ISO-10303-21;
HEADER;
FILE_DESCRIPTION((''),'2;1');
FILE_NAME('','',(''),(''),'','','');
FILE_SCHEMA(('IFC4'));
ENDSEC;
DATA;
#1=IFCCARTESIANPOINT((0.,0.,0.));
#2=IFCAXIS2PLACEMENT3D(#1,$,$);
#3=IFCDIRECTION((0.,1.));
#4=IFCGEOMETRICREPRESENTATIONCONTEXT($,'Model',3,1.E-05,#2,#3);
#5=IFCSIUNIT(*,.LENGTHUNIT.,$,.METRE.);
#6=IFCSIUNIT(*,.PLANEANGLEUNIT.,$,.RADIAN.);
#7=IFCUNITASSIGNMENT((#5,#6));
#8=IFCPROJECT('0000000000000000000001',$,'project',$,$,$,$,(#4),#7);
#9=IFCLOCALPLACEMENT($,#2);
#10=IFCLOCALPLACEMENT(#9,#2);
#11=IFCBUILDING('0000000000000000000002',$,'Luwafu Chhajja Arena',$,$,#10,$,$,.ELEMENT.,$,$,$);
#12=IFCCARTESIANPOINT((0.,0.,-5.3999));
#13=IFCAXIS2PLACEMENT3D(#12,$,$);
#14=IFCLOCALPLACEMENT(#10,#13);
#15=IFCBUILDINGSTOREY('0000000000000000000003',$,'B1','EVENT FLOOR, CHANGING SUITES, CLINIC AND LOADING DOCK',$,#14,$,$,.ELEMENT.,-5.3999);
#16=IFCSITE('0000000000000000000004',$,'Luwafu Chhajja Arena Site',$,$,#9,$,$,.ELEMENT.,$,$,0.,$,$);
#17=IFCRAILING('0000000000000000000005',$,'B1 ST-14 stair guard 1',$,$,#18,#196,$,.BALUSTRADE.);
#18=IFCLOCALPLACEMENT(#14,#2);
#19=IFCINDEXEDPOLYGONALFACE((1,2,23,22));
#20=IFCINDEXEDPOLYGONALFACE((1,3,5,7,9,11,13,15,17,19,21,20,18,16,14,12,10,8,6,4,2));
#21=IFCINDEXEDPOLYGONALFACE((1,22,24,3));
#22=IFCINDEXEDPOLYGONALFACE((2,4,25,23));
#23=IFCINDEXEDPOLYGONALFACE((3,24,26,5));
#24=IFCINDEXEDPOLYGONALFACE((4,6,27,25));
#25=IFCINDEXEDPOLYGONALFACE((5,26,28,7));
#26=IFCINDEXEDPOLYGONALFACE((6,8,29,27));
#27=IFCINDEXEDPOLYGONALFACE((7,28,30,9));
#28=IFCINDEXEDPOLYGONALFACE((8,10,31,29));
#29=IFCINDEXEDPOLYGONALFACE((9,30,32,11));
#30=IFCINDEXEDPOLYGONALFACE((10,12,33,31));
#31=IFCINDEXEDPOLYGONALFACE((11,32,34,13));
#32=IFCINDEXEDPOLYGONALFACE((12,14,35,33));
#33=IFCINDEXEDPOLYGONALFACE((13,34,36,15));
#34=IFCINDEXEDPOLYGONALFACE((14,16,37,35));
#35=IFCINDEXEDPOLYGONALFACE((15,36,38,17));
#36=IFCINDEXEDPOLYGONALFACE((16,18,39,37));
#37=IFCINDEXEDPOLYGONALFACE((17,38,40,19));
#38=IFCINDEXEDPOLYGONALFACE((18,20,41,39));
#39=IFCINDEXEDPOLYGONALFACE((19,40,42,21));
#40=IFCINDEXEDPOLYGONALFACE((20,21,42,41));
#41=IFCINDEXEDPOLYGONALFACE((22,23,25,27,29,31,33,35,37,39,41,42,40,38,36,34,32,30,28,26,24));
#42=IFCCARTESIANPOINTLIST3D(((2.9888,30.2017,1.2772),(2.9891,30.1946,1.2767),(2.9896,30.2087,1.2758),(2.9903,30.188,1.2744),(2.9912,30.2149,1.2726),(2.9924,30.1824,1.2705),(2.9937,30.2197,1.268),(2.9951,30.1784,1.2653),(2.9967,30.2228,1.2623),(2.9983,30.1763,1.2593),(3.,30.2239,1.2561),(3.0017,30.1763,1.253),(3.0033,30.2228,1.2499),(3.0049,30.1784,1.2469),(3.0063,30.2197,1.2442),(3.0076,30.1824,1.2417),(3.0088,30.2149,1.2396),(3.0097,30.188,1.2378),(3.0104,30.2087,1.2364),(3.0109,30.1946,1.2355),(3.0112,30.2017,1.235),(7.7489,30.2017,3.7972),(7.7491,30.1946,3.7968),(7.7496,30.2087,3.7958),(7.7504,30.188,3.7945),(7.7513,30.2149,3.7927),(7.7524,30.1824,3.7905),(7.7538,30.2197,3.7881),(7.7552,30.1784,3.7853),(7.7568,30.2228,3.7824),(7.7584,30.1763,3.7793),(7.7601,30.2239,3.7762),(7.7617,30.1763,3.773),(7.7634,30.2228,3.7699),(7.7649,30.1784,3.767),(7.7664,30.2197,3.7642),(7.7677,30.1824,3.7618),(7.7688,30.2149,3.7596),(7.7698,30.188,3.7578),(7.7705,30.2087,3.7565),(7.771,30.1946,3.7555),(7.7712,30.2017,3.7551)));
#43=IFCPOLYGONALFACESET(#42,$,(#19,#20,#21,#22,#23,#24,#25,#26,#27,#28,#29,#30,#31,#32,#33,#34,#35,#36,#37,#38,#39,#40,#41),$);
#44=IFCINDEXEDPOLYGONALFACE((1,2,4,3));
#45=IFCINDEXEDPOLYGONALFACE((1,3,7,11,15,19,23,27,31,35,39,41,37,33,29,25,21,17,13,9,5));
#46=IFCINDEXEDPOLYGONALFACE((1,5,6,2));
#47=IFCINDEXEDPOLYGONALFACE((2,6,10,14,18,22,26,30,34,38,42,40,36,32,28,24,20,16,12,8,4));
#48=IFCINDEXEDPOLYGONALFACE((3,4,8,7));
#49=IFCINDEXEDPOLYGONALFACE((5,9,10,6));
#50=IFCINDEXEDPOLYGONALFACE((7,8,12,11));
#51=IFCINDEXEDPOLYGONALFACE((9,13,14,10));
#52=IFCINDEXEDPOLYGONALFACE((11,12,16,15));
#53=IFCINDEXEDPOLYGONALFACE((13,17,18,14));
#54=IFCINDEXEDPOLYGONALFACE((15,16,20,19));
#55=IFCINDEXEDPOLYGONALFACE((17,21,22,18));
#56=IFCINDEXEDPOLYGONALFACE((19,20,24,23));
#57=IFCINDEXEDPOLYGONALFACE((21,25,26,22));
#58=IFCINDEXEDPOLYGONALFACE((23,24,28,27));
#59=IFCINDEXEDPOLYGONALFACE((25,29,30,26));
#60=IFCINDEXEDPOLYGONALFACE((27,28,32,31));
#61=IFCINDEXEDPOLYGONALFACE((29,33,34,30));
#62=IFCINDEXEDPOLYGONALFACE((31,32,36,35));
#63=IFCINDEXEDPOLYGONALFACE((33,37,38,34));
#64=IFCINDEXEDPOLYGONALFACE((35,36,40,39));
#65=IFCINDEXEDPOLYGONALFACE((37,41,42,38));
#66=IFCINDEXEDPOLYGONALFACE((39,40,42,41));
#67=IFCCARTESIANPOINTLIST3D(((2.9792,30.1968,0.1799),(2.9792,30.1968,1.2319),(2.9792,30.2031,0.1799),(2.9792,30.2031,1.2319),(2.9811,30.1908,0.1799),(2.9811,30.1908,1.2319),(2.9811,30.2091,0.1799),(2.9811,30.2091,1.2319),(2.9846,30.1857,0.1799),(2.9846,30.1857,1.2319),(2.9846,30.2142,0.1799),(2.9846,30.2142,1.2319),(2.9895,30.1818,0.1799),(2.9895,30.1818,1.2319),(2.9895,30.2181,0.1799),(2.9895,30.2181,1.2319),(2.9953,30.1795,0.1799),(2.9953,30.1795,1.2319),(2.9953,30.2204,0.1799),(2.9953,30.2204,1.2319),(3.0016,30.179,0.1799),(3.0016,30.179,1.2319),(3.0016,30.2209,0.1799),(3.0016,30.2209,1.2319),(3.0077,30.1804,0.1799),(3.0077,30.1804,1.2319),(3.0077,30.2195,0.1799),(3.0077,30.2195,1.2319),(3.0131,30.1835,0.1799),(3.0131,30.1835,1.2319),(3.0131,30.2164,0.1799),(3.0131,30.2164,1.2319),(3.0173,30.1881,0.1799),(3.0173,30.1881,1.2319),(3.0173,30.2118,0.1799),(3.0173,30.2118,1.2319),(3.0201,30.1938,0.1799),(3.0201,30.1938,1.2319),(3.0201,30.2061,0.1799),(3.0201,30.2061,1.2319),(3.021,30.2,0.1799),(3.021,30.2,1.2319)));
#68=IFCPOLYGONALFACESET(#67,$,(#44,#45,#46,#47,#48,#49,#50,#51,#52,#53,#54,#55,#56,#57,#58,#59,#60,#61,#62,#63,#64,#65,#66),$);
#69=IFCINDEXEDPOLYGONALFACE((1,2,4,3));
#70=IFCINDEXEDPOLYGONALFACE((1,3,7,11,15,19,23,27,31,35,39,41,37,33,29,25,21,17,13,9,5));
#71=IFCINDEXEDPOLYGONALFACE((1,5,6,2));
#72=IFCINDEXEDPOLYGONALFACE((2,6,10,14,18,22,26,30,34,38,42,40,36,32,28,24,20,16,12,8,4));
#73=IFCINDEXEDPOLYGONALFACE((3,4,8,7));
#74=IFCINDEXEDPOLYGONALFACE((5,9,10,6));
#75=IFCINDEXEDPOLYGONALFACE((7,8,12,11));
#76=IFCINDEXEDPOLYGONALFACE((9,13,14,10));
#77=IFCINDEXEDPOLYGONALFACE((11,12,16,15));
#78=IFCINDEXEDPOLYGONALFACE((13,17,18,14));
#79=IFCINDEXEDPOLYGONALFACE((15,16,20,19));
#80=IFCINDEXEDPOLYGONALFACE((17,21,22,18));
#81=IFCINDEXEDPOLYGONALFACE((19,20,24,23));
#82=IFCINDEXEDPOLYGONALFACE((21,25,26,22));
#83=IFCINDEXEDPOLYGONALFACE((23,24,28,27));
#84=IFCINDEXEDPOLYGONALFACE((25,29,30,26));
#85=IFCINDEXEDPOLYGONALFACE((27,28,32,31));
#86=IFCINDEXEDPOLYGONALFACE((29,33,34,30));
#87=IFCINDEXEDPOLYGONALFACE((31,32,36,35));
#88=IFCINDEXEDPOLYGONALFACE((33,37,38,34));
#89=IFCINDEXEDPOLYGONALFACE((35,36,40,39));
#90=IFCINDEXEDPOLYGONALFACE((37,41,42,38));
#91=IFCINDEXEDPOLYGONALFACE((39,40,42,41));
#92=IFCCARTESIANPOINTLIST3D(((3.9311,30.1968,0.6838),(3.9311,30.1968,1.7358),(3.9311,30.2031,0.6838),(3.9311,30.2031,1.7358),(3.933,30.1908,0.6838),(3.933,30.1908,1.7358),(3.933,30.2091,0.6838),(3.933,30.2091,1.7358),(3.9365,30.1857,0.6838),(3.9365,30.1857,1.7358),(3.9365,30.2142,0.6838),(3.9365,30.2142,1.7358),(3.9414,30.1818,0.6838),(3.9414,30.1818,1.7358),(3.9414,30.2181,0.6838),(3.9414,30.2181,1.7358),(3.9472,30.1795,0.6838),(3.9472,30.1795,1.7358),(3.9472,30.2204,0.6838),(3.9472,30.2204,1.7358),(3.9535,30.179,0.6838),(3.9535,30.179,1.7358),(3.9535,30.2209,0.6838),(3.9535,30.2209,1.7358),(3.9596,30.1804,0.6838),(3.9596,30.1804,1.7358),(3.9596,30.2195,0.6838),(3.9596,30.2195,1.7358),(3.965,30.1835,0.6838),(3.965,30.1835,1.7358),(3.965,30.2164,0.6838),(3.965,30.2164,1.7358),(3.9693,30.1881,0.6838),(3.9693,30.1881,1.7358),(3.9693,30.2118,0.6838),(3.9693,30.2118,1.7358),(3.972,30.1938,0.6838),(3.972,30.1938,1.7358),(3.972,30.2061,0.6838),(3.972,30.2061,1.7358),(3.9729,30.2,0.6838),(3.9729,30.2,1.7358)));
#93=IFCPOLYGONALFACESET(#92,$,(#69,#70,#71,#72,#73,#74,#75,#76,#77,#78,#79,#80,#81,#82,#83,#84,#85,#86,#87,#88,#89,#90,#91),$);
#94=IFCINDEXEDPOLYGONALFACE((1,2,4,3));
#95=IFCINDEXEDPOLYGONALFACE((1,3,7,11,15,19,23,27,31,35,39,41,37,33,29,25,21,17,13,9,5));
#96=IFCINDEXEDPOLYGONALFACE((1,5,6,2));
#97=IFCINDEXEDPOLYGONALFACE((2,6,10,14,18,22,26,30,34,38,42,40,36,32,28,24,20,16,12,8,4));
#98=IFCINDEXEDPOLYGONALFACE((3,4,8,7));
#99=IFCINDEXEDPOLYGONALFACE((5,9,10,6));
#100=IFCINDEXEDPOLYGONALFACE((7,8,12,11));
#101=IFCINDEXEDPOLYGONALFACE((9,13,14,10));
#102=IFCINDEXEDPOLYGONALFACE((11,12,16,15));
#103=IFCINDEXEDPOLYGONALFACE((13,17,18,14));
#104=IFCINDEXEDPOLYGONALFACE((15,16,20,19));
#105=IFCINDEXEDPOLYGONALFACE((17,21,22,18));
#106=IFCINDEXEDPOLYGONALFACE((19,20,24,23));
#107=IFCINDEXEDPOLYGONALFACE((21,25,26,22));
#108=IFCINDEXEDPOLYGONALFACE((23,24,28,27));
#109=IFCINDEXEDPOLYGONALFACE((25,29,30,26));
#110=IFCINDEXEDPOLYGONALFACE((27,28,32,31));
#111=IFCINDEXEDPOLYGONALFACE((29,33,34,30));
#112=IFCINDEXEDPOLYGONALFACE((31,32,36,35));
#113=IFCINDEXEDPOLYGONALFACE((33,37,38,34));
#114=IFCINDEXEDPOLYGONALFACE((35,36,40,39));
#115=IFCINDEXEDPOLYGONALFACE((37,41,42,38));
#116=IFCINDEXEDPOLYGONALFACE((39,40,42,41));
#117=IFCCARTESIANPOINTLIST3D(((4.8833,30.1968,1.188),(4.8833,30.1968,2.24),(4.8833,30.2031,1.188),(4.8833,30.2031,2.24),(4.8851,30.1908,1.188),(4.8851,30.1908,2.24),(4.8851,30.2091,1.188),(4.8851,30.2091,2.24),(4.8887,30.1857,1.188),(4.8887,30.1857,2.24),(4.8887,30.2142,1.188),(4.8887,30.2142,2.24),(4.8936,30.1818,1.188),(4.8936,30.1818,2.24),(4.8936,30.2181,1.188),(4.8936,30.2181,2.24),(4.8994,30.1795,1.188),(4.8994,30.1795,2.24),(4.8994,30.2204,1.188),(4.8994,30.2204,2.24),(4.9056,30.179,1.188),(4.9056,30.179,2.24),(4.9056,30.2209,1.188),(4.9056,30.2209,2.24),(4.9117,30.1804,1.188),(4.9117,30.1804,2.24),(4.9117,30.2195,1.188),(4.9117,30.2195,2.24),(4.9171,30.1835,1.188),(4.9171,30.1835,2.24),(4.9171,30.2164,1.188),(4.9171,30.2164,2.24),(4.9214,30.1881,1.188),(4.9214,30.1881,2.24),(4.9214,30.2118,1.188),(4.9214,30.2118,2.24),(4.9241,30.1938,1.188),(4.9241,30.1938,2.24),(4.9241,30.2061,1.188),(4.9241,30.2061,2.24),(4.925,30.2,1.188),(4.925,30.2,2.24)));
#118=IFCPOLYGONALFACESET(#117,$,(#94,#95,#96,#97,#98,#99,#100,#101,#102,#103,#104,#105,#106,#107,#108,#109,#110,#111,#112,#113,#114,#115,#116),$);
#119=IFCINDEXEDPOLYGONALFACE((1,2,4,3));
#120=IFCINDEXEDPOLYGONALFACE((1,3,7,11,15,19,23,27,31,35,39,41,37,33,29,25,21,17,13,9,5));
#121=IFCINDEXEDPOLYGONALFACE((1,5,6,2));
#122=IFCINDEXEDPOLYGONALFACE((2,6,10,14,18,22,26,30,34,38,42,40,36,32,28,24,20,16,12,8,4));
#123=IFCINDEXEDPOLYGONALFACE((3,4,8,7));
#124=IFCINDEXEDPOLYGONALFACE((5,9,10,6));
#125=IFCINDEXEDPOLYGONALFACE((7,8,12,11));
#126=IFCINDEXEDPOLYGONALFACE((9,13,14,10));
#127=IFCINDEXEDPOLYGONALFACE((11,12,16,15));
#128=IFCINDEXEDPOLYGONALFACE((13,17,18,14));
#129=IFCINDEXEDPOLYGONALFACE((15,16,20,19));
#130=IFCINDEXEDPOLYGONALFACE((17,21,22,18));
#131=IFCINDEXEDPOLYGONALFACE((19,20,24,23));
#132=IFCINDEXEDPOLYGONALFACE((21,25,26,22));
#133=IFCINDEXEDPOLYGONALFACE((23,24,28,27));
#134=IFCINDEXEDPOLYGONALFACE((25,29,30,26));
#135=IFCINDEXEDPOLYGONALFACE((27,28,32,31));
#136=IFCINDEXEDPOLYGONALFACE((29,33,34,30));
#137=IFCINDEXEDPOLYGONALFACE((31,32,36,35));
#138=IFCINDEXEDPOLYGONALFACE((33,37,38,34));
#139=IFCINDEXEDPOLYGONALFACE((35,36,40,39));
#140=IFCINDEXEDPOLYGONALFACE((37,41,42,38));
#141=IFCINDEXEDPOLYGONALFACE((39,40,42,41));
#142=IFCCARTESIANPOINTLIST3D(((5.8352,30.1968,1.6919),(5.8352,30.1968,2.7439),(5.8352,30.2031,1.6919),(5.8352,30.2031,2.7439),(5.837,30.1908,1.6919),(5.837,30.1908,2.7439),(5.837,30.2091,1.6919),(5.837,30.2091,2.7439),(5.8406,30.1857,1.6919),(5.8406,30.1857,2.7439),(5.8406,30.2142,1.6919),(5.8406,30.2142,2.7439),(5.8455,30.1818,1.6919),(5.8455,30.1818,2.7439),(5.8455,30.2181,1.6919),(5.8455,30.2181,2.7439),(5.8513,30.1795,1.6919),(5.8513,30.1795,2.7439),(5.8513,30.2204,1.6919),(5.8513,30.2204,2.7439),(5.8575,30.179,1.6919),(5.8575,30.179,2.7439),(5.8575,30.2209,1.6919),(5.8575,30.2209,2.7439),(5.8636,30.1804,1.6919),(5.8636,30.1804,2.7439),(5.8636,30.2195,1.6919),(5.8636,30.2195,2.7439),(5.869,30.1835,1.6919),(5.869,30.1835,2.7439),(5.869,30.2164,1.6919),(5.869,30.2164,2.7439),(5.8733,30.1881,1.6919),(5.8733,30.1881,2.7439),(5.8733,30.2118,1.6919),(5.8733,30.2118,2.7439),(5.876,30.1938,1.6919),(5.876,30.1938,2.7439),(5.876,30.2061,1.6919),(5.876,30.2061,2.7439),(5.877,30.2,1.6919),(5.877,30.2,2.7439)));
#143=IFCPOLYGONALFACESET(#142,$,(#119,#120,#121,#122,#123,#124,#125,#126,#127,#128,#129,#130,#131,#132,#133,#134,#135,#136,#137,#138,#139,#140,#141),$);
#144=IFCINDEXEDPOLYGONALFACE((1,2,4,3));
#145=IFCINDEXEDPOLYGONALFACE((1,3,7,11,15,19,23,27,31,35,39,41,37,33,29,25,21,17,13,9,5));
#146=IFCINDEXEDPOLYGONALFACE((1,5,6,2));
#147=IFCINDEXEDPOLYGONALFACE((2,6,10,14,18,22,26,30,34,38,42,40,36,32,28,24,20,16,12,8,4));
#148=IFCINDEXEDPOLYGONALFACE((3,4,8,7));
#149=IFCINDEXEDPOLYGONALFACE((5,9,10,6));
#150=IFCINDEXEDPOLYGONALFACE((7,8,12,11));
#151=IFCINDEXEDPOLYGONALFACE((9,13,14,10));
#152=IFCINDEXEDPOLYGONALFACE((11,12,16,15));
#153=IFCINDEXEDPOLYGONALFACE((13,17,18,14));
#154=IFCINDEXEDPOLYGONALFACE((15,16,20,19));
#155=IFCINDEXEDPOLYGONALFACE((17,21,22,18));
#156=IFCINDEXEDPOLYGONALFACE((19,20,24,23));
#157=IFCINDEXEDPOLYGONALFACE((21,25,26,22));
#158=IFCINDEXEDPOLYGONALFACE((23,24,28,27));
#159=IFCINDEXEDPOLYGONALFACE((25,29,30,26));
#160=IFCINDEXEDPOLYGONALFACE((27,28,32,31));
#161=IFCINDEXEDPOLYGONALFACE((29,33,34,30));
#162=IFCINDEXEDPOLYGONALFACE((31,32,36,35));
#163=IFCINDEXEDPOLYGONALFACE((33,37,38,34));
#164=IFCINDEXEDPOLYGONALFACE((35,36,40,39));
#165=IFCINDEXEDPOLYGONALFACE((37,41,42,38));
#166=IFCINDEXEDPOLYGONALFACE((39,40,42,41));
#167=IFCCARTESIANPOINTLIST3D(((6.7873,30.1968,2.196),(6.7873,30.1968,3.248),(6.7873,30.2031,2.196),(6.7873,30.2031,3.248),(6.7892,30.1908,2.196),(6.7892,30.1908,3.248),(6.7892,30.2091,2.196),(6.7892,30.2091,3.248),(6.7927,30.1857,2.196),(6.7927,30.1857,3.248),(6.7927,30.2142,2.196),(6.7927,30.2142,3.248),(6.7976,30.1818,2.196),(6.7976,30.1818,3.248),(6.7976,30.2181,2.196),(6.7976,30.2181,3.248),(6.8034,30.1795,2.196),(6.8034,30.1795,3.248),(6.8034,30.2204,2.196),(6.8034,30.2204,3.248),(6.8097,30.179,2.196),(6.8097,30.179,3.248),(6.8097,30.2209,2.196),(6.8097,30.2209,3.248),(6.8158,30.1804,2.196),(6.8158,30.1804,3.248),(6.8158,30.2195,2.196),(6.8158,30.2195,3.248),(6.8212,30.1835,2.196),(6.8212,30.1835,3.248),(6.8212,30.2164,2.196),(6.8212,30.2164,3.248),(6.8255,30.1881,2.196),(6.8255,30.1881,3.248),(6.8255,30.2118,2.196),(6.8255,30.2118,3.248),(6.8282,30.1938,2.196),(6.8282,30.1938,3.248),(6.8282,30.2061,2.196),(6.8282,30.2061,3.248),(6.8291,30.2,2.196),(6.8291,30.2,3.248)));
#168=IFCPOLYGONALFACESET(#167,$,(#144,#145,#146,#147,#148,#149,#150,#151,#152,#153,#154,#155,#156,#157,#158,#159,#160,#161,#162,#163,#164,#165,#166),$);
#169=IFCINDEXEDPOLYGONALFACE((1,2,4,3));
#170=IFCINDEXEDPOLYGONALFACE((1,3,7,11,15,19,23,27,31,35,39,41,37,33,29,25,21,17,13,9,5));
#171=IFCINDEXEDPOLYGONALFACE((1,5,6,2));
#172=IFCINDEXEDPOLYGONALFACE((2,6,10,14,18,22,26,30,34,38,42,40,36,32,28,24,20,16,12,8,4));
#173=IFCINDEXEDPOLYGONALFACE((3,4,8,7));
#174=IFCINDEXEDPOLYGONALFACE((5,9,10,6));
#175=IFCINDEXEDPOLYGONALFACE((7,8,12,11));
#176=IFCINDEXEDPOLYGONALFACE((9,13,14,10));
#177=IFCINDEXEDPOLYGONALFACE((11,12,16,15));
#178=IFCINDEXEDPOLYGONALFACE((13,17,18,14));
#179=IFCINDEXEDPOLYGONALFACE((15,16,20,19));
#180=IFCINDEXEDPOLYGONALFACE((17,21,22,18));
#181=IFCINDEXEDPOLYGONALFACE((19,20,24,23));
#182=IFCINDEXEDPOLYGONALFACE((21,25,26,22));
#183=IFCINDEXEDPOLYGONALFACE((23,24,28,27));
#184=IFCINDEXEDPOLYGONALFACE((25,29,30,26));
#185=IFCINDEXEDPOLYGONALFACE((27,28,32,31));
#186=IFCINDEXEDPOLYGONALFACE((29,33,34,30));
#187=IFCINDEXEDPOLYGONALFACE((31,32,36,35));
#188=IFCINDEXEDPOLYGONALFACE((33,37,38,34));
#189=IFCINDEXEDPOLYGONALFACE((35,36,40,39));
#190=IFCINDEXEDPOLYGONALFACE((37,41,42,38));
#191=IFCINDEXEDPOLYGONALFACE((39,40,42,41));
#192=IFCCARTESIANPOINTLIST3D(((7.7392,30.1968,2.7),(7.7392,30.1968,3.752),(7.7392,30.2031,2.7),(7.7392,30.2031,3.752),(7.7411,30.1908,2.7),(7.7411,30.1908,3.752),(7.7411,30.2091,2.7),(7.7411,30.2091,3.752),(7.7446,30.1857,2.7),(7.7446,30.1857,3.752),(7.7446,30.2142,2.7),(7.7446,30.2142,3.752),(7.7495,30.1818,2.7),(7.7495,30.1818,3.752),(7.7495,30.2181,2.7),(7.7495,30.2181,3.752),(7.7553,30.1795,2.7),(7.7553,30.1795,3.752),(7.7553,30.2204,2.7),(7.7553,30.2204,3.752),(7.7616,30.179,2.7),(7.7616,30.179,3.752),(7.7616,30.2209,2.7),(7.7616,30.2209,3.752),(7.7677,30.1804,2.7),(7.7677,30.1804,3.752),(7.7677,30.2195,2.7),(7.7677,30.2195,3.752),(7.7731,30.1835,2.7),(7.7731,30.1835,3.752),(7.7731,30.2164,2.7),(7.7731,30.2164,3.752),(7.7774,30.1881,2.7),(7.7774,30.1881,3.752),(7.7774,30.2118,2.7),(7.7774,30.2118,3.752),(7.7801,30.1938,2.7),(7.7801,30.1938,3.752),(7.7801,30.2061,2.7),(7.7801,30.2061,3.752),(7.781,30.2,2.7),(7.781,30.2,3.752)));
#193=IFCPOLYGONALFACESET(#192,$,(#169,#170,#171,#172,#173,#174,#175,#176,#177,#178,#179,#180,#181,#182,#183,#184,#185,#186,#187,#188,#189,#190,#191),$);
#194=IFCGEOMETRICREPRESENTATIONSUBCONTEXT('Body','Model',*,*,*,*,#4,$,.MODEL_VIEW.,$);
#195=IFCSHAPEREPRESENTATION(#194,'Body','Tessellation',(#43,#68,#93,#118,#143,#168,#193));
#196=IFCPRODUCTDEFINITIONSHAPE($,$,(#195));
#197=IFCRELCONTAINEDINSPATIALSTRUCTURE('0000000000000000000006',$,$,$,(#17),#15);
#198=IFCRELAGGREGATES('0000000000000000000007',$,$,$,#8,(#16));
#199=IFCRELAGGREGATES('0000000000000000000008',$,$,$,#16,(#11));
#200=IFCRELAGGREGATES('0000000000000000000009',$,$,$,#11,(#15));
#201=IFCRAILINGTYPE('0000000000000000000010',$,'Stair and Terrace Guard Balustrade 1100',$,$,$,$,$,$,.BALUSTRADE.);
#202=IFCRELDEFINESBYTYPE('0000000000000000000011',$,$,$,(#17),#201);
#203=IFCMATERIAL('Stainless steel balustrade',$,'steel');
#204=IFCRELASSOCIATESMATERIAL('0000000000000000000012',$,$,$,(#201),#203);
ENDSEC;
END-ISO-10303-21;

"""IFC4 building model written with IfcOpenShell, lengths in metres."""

from ifc_helpers import new_model, si_unit, direction, frame, origin, origin_2d, place, context, subcontext, project, spatial, circle, extrude, material, type_object, element, save


model = new_model("IFC4")

# Units and contexts
model_context = context("Model", 3, precision=1e-05, world=origin(), true_north=direction((0.0, 1.0)))
body_context = subcontext(model_context, "Body", "Model", "MODEL_VIEW")
ifc_project = project(units=[si_unit("LENGTHUNIT", "METRE"), si_unit("PLANEANGLEUNIT", "RADIAN")], contexts=[model_context])

# Site, building, storey
site_placement = place(None, origin())
site = spatial("IfcSite", under=ifc_project, at=site_placement, Name="Luwafu Chhajja Arena Site", CompositionType="ELEMENT", RefElevation=0.0)
building_placement = place(site_placement, origin())
building = spatial("IfcBuilding", under=site, at=building_placement, Name="Luwafu Chhajja Arena", CompositionType="ELEMENT")
storey_placement = place(building_placement, frame((0.0, 0.0, -5.3999)))
storey = spatial("IfcBuildingStorey", under=building, at=storey_placement, Name="B1", Description="EVENT FLOOR, CHANGING SUITES, CLINIC AND LOADING DOCK", CompositionType="ELEMENT", Elevation=-5.3999)

# Railing
ifc_material_1 = material(Name="Stainless steel balustrade", Category="steel")
railing_type_1 = type_object("IfcRailingType", Name="Stair and Terrace Guard Balustrade 1100", PredefinedType="BALUSTRADE", material=ifc_material_1)
railing_1_placement = place(storey_placement, frame((3.0, 30.2, 0.1799)))
element("IfcRailing", 1, at=railing_1_placement, inside=storey, type_object=railing_type_1, Name="B1 ST-14 stair guard 1", PredefinedType="BALUSTRADE", context=body_context, shape_type="SweptSolid", body=[
    extrude(circle(Radius=0.0239, at=origin_2d()), frame((0.0, 0.0, 1.0762), z_axis=(0.883787, 0.0, 0.46789), x_axis=(0.0, 1.0, 0.0)), (0.0, 0.0, 1.0), 5.386),
    extrude(circle(Radius=0.021, at=origin_2d()), origin(), (0.0, 0.0, 1.0), 1.052),
    extrude(circle(Radius=0.021, at=origin_2d()), frame((0.9519, 0.0, 0.5039)), (0.0, 0.0, 1.0), 1.052),
    extrude(circle(Radius=0.021, at=origin_2d()), frame((1.9041, 0.0, 1.0081)), (0.0, 0.0, 1.0), 1.052),
    extrude(circle(Radius=0.021, at=origin_2d()), frame((2.856, 0.0, 1.512)), (0.0, 0.0, 1.0), 1.052),
    extrude(circle(Radius=0.021, at=origin_2d()), frame((3.8081, 0.0, 2.0161)), (0.0, 0.0, 1.0), 1.052),
    extrude(circle(Radius=0.021, at=origin_2d()), frame((4.76, 0.0, 2.52)), (0.0, 0.0, 1.0), 1.052),
])

save(model, "model.ifc")
